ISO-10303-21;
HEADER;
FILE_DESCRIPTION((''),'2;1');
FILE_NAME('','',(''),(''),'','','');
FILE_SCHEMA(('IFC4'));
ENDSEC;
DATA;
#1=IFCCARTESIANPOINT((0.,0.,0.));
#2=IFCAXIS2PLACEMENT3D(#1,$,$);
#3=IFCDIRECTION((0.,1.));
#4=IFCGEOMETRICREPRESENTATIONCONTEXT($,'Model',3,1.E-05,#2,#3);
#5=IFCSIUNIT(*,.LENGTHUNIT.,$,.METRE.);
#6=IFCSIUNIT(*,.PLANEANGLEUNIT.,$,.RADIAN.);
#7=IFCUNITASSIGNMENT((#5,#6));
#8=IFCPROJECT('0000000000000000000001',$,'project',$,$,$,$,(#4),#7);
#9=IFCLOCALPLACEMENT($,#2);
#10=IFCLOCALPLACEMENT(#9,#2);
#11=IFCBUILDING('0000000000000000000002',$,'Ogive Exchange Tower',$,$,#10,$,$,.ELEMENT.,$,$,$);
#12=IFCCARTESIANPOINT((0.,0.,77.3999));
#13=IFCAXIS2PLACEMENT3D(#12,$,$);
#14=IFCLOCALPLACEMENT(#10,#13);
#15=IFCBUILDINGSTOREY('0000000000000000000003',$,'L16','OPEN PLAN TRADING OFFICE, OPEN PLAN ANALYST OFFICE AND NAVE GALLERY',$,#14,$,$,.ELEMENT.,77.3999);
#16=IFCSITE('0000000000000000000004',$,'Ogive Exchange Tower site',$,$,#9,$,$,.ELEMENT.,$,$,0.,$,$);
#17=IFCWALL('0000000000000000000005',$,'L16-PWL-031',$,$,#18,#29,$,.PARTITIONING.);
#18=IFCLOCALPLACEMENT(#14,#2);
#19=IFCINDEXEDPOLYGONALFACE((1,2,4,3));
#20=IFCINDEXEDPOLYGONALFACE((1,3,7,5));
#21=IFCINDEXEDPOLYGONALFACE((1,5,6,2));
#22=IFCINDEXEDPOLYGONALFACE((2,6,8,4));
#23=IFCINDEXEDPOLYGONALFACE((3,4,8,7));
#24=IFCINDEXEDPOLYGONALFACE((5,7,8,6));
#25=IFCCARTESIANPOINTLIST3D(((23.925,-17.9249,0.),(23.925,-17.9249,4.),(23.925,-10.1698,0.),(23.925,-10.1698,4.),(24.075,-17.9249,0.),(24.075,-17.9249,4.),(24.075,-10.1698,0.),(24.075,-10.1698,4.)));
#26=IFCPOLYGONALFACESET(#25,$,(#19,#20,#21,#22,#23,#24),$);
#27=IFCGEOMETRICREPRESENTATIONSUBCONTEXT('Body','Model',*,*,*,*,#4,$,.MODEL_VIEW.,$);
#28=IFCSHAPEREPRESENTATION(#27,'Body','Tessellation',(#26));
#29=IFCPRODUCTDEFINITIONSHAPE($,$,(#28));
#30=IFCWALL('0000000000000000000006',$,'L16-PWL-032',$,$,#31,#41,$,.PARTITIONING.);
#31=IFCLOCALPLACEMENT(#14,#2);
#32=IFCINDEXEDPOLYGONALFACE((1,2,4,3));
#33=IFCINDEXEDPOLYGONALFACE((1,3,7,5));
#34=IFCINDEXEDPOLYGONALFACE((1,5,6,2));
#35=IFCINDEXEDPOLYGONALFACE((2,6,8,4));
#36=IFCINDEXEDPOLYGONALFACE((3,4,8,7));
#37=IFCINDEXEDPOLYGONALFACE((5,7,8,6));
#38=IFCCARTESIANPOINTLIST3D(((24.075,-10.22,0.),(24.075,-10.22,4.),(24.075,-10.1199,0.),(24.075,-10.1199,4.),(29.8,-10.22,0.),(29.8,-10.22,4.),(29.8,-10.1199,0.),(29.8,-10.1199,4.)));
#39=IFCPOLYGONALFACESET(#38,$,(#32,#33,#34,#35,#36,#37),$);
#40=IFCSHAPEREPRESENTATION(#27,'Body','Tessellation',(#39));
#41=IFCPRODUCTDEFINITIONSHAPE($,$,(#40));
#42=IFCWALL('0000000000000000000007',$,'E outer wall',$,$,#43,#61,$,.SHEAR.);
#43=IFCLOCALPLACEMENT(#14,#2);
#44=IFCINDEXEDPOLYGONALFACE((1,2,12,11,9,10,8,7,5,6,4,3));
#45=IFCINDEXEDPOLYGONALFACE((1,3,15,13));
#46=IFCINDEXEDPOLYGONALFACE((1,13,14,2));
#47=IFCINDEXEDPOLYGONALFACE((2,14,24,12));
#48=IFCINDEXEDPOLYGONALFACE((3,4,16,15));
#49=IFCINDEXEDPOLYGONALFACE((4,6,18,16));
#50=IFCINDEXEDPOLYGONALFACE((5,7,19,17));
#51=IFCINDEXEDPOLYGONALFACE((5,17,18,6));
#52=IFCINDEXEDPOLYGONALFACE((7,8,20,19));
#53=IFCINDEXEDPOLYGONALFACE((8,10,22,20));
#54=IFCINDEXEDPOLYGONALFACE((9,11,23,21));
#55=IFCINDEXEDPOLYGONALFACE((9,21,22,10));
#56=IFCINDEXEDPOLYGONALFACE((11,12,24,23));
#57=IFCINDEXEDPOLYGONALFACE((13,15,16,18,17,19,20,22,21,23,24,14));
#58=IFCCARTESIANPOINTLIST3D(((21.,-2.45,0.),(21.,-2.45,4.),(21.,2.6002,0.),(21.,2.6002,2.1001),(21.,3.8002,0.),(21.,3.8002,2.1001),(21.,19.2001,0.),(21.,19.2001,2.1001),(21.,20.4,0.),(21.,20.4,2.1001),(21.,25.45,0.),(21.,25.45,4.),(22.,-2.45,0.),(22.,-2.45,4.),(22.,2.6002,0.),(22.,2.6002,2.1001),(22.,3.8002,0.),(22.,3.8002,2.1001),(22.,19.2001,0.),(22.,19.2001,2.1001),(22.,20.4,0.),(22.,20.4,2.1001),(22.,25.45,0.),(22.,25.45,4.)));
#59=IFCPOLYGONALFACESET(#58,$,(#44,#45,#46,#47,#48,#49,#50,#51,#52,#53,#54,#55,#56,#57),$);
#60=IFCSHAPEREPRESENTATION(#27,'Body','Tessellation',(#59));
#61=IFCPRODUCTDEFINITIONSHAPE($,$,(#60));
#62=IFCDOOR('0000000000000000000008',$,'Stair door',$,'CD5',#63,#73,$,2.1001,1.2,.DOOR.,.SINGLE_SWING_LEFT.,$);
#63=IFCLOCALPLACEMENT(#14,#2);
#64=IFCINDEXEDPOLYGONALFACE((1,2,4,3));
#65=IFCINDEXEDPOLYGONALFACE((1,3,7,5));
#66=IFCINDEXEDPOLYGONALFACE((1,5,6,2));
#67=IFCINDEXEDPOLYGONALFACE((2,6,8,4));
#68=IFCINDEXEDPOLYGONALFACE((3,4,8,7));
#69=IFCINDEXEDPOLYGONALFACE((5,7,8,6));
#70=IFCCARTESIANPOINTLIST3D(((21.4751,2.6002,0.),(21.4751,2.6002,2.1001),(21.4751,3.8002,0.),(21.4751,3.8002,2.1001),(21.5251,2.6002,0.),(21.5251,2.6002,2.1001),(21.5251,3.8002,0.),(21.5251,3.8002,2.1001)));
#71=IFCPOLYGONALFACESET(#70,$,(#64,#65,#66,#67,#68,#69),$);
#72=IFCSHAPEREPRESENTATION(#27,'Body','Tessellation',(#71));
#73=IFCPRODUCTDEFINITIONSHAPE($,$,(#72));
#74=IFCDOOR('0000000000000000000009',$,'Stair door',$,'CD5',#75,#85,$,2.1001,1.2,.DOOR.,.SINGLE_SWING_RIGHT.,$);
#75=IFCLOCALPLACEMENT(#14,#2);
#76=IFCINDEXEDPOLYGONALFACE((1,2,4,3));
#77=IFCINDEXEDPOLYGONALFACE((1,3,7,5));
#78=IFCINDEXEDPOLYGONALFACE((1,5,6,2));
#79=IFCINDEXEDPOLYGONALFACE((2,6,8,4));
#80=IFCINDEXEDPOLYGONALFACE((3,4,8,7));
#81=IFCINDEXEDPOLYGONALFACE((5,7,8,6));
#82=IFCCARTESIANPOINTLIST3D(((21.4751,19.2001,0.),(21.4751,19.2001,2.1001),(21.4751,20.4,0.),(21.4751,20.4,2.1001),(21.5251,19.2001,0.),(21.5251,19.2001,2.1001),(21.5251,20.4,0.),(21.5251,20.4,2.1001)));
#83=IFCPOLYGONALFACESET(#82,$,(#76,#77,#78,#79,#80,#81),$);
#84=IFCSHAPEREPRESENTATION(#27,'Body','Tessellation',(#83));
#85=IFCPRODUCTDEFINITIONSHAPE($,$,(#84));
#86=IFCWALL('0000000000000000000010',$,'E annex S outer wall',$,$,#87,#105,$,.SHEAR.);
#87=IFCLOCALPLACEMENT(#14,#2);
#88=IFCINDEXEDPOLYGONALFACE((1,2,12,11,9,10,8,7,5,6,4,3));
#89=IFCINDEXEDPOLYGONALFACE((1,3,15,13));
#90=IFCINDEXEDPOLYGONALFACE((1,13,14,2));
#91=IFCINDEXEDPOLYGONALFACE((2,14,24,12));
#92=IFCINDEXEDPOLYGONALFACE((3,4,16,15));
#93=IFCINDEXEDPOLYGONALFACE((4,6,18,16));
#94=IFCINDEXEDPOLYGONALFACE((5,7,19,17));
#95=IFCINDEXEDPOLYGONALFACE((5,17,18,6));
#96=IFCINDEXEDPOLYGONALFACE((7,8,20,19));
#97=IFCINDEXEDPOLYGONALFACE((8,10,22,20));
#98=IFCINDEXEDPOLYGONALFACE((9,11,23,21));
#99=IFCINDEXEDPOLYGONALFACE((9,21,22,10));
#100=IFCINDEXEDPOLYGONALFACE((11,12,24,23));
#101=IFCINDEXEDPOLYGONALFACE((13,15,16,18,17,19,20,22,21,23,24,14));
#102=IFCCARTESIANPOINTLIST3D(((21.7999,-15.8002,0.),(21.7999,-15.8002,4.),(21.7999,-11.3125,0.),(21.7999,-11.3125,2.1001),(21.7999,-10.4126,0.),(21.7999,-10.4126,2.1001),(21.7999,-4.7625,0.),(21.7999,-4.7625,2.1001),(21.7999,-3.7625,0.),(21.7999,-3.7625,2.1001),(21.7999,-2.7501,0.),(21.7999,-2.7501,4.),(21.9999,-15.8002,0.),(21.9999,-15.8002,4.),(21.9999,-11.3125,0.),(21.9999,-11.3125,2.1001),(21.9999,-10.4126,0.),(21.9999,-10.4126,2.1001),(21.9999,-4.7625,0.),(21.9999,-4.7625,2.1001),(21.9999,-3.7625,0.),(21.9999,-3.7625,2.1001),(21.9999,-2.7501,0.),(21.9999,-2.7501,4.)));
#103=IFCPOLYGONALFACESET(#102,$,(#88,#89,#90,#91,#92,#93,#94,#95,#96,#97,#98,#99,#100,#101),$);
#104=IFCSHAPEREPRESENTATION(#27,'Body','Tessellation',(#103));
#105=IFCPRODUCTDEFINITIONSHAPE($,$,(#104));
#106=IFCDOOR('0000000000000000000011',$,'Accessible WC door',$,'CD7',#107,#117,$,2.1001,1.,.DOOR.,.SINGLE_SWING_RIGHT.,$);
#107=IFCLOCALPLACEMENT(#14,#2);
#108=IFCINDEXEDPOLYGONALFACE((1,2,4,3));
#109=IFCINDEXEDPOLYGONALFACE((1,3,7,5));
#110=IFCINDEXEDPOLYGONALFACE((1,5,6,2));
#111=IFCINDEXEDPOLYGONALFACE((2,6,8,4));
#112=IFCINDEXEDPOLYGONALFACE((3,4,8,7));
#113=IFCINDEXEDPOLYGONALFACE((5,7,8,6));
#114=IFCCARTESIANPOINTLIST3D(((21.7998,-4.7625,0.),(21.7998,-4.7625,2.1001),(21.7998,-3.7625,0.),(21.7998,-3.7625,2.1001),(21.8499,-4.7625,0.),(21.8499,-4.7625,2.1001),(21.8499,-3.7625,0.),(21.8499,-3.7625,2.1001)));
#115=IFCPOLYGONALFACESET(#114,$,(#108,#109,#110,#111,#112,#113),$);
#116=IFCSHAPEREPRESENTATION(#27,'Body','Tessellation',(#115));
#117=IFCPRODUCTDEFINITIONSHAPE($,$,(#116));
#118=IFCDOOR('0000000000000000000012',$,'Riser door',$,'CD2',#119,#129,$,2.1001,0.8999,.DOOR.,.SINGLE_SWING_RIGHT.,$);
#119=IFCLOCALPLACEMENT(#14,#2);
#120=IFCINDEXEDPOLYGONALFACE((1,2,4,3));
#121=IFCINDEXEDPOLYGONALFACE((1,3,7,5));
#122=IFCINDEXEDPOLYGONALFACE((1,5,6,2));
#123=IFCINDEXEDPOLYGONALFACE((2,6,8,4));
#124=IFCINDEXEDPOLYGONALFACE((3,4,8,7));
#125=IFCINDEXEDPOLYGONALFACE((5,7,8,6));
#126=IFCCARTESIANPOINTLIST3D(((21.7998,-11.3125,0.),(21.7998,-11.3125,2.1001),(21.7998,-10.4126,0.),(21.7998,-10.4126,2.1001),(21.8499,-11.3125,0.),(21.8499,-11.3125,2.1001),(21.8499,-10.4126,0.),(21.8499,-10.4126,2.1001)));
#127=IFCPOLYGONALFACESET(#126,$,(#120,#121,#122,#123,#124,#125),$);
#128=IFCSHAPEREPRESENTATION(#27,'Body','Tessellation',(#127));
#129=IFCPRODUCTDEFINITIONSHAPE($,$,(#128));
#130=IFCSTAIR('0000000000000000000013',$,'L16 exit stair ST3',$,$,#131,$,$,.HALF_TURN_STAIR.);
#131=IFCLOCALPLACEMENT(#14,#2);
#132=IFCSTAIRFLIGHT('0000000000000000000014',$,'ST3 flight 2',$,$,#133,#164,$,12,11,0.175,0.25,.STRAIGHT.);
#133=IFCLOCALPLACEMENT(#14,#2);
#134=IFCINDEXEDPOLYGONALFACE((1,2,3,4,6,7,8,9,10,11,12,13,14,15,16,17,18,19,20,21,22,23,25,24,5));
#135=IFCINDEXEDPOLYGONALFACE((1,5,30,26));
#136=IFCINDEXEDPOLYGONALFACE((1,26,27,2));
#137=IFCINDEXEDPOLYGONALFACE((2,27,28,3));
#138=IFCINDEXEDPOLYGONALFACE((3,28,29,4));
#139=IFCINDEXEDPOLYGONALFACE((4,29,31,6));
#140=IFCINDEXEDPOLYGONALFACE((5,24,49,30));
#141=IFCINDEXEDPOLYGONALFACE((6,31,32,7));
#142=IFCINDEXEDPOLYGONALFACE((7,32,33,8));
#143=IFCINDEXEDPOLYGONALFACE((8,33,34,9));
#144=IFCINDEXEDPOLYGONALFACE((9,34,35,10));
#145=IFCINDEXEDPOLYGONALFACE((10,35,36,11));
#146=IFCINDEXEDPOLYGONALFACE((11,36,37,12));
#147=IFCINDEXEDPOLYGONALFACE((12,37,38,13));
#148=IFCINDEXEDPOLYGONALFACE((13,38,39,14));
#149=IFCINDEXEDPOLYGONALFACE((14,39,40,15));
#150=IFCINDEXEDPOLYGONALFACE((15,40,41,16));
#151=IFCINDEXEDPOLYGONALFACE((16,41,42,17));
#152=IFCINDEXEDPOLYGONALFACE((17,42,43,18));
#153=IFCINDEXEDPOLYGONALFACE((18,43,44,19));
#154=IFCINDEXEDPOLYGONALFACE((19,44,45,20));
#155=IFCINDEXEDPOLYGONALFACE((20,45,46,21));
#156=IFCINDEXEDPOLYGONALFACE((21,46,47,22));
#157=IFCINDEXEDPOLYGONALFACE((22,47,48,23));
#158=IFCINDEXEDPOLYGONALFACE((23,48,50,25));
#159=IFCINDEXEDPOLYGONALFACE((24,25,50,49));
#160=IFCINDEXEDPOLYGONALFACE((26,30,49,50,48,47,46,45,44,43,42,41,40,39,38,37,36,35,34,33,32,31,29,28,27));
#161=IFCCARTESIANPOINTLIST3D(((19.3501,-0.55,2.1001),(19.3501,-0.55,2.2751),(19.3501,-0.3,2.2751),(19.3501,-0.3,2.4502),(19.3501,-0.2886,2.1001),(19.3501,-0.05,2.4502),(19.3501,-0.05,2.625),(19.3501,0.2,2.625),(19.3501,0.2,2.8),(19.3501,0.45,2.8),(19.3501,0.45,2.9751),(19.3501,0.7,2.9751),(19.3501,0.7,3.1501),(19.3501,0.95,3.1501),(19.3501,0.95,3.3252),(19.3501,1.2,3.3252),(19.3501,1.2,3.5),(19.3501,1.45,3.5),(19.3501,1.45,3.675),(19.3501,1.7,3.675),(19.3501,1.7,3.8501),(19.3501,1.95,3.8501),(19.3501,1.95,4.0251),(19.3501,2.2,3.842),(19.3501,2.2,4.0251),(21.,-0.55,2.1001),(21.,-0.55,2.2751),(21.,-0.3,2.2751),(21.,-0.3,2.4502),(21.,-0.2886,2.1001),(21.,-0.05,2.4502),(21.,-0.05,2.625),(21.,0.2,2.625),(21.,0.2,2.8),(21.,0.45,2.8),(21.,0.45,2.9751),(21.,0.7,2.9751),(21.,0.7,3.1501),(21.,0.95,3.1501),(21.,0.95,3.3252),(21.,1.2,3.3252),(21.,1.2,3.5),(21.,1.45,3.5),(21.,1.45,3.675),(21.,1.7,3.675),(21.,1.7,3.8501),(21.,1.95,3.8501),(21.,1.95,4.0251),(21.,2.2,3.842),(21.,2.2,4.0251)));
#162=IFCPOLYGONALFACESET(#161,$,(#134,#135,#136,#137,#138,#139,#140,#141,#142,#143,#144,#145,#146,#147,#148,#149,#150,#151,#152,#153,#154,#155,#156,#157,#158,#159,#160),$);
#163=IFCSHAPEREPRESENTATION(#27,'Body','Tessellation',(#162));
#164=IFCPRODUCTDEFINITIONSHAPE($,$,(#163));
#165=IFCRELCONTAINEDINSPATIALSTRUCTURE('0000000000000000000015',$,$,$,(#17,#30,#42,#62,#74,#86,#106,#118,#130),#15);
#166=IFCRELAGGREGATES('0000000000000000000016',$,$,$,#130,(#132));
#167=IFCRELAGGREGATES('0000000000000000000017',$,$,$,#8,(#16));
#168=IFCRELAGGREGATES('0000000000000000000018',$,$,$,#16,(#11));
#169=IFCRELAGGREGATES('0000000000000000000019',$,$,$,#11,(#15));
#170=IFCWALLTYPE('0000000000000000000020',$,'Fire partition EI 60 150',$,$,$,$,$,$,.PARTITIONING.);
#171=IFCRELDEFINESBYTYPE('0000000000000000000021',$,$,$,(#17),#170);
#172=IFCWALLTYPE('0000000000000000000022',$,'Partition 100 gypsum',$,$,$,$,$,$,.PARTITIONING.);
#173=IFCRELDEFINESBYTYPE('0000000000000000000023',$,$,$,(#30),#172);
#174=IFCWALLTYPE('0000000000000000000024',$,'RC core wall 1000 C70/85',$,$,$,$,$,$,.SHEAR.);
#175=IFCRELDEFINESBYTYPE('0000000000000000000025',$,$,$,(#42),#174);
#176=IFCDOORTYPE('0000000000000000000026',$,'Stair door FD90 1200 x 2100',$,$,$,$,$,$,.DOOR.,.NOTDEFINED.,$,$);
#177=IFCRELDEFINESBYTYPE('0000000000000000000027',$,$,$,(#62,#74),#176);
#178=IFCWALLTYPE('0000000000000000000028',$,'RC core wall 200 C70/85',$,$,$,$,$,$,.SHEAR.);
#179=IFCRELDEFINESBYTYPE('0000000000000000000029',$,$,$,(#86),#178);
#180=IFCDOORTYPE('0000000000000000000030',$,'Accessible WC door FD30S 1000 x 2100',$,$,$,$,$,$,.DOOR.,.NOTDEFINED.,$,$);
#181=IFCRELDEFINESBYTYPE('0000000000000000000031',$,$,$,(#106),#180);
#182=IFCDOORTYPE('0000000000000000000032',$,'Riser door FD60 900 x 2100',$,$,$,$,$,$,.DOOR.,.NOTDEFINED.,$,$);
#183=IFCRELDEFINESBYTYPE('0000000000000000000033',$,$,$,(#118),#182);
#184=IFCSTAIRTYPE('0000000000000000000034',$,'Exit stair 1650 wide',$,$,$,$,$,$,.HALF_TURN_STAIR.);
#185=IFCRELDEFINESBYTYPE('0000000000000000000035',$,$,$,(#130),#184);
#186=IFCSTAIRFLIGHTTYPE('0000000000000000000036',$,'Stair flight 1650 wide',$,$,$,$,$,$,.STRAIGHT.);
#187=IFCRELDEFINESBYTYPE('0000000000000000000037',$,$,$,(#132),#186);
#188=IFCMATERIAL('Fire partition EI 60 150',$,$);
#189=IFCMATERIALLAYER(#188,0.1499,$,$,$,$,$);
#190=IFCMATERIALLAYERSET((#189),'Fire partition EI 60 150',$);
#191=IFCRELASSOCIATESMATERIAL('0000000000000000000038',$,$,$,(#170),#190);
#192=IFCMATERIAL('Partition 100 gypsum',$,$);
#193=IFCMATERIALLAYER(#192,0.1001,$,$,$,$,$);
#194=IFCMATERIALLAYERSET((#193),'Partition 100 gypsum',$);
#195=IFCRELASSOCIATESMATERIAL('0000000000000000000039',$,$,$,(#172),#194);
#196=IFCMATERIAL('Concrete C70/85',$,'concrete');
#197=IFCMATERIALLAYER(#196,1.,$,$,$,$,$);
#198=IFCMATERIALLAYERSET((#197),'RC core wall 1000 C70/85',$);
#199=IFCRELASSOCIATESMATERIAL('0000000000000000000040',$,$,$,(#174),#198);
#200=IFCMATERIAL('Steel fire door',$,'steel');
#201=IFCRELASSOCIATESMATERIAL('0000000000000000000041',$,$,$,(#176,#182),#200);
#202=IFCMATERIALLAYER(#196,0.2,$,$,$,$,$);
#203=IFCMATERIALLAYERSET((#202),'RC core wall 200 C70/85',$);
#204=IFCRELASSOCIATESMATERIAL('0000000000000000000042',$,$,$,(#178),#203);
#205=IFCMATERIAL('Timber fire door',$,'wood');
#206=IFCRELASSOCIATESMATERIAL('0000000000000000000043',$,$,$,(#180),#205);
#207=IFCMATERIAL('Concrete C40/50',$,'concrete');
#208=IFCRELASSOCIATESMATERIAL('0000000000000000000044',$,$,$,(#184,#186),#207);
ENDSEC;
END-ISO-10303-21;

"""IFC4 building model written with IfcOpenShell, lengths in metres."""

from ifc_helpers import new_model, si_unit, direction, frame, frame_2d, origin, place, context, subcontext, project, spatial, polyline, rectangle, outline, extrude, material, layer, layer_set, type_object, element, fill, aggregate, save


model = new_model("IFC4")

# Units and contexts
model_context = context("Model", 3, precision=1e-05, world=origin(), true_north=direction((0.0, 1.0)))
body_context = subcontext(model_context, "Body", "Model", "MODEL_VIEW")
ifc_project = project(units=[si_unit("LENGTHUNIT", "METRE"), si_unit("PLANEANGLEUNIT", "RADIAN")], contexts=[model_context])

# Site, building, storey
site_placement = place(None, origin())
site = spatial("IfcSite", under=ifc_project, at=site_placement, Name="Ogive Exchange Tower site", CompositionType="ELEMENT", RefElevation=0.0)
building_placement = place(site_placement, origin())
building = spatial("IfcBuilding", under=site, at=building_placement, Name="Ogive Exchange Tower", CompositionType="ELEMENT")
storey_placement = place(building_placement, frame((0.0, 0.0, 77.3999)))
storey = spatial("IfcBuildingStorey", under=building, at=storey_placement, Name="L16", Description="OPEN PLAN TRADING OFFICE, OPEN PLAN ANALYST OFFICE AND NAVE GALLERY", CompositionType="ELEMENT", Elevation=77.3999)

# Shared definitions
ifc_material_1 = material(Name="Fire partition EI 60 150")
ifc_layer_1 = layer(ifc_material_1, 0.1499)
ifc_layer_set_1 = layer_set([ifc_layer_1], Name="Fire partition EI 60 150")
wall_type_1 = type_object("IfcWallType", Name="Fire partition EI 60 150", PredefinedType="PARTITIONING", material=ifc_layer_set_1)

# Walls
wall_1_placement = place(storey_placement, frame((24.0, -10.1699, 0.0), z_axis=(0.0, 0.0, 1.0), x_axis=(0.0, -1.0, 0.0)))
element("IfcWall", 1, at=wall_1_placement, inside=storey, type_object=wall_type_1, Name="L16-PWL-031", PredefinedType="PARTITIONING", context=body_context, shape_type="SweptSolid", body=[
    extrude(rectangle(XDim=7.7551, YDim=0.1499, at=frame_2d((3.8774, 0.0))), origin(), (0.0, 0.0, 1.0), 4.0),
])
ifc_material_2 = material(Name="Partition 100 gypsum")
ifc_layer_2 = layer(ifc_material_2, 0.1001)
ifc_layer_set_2 = layer_set([ifc_layer_2], Name="Partition 100 gypsum")
wall_type_2 = type_object("IfcWallType", Name="Partition 100 gypsum", PredefinedType="PARTITIONING", material=ifc_layer_set_2)
wall_2_placement = place(storey_placement, frame((24.075, -10.1699, 0.0), z_axis=(0.0, 0.0, 1.0), x_axis=(1.0, 0.0, 0.0)))
element("IfcWall", 2, at=wall_2_placement, inside=storey, type_object=wall_type_2, Name="L16-PWL-032", PredefinedType="PARTITIONING", context=body_context, shape_type="SweptSolid", body=[
    extrude(rectangle(XDim=5.7251, YDim=0.1001, at=frame_2d((2.8625, 0.0))), origin(), (0.0, 0.0, 1.0), 4.0),
])

# Walls, openings, doors
ifc_material_3 = material(Name="Concrete C70/85", Category="concrete")
ifc_layer_3 = layer(ifc_material_3, 1.0)
ifc_layer_set_3 = layer_set([ifc_layer_3], Name="RC core wall 1000 C70/85")
wall_type_3 = type_object("IfcWallType", Name="RC core wall 1000 C70/85", PredefinedType="SHEAR", material=ifc_layer_set_3)
wall_3_placement = place(storey_placement, frame((21.5, -2.45, 0.0), z_axis=(0.0, 0.0, 1.0), x_axis=(0.0, 1.0, 0.0)))
wall_3 = element("IfcWall", 3, at=wall_3_placement, inside=storey, type_object=wall_type_3, Name="E outer wall", PredefinedType="SHEAR", context=body_context, shape_type="SweptSolid", body=[
    extrude(rectangle(XDim=27.8999, YDim=1.0, at=frame_2d((13.95, 0.0))), origin(), (0.0, 0.0, 1.0), 4.0),
])
opening_1_placement = place(wall_3_placement, frame((5.05, 0.0, 0.0)))
opening_1 = element("IfcOpeningElement", 4, at=opening_1_placement, cuts=wall_3, PredefinedType="OPENING", context=body_context, shape_type="SweptSolid", body=[
    extrude(rectangle(XDim=1.2, YDim=2.1001, at=frame_2d((0.6001, 1.05))), frame((0.0, 0.51, 0.0), z_axis=(0.0, -1.0, 0.0), x_axis=(1.0, 0.0, 0.0)), (0.0, 0.0, 1.0), 1.02),
])
opening_2_placement = place(wall_3_placement, frame((21.6499, 0.0, 0.0)))
opening_2 = element("IfcOpeningElement", 5, at=opening_2_placement, cuts=wall_3, PredefinedType="OPENING", context=body_context, shape_type="SweptSolid", body=[
    extrude(rectangle(XDim=1.2, YDim=2.1001, at=frame_2d((0.6001, 1.05))), frame((0.0, 0.51, 0.0), z_axis=(0.0, -1.0, 0.0), x_axis=(1.0, 0.0, 0.0)), (0.0, 0.0, 1.0), 1.02),
])
ifc_material_4 = material(Name="Steel fire door", Category="steel")
door_type_1 = type_object("IfcDoorType", Name="Stair door FD90 1200 x 2100", OperationType="NOTDEFINED", PredefinedType="DOOR", material=ifc_material_4)
door_1_placement = place(opening_1_placement, origin())
door_1 = element("IfcDoor", 6, at=door_1_placement, inside=storey, type_object=door_type_1, Name="Stair door", ObjectType="CD5", OperationType="SINGLE_SWING_LEFT", OverallHeight=2.1001, OverallWidth=1.2, PredefinedType="DOOR", context=body_context, shape_type="SweptSolid", body=[
    extrude(rectangle(XDim=1.2, YDim=2.1001, at=frame_2d((0.6001, 1.05))), frame((0.0, 0.0249, 0.0), z_axis=(0.0, -1.0, 0.0), x_axis=(1.0, 0.0, 0.0)), (0.0, 0.0, 1.0), 0.05),
])
fill(opening_1, door_1)
door_2_placement = place(opening_2_placement, origin())
door_2 = element("IfcDoor", 7, at=door_2_placement, inside=storey, type_object=door_type_1, Name="Stair door", ObjectType="CD5", OperationType="SINGLE_SWING_RIGHT", OverallHeight=2.1001, OverallWidth=1.2, PredefinedType="DOOR", context=body_context, shape_type="SweptSolid", body=[
    extrude(rectangle(XDim=1.2, YDim=2.1001, at=frame_2d((0.6001, 1.05))), frame((0.0, 0.0249, 0.0), z_axis=(0.0, -1.0, 0.0), x_axis=(1.0, 0.0, 0.0)), (0.0, 0.0, 1.0), 0.05),
])
fill(opening_2, door_2)
ifc_layer_4 = layer(ifc_material_3, 0.2)
ifc_layer_set_4 = layer_set([ifc_layer_4], Name="RC core wall 200 C70/85")
wall_type_4 = type_object("IfcWallType", Name="RC core wall 200 C70/85", PredefinedType="SHEAR", material=ifc_layer_set_4)
wall_4_placement = place(storey_placement, frame((21.8999, -15.8, 0.0), z_axis=(0.0, 0.0, 1.0), x_axis=(0.0, 1.0, 0.0)))
wall_4 = element("IfcWall", 8, at=wall_4_placement, inside=storey, type_object=wall_type_4, Name="E annex S outer wall", PredefinedType="SHEAR", context=body_context, shape_type="SweptSolid", body=[
    extrude(rectangle(XDim=13.05, YDim=0.2, at=frame_2d((6.5249, 0.0))), origin(), (0.0, 0.0, 1.0), 4.0),
])
opening_3_placement = place(wall_4_placement, frame((4.4875, 0.0, 0.0)))
opening_3 = element("IfcOpeningElement", 9, at=opening_3_placement, cuts=wall_4, PredefinedType="OPENING", context=body_context, shape_type="SweptSolid", body=[
    extrude(rectangle(XDim=0.8999, YDim=2.1001, at=frame_2d((0.45, 1.05))), frame((0.0, 0.1099, 0.0), z_axis=(0.0, -1.0, 0.0), x_axis=(1.0, 0.0, 0.0)), (0.0, 0.0, 1.0), 0.22),
])
opening_4_placement = place(wall_4_placement, frame((11.0376, 0.0, 0.0)))
opening_4 = element("IfcOpeningElement", 10, at=opening_4_placement, cuts=wall_4, PredefinedType="OPENING", context=body_context, shape_type="SweptSolid", body=[
    extrude(rectangle(XDim=1.0, YDim=2.1001, at=frame_2d((0.5, 1.05))), frame((0.0, 0.1099, 0.0), z_axis=(0.0, -1.0, 0.0), x_axis=(1.0, 0.0, 0.0)), (0.0, 0.0, 1.0), 0.22),
])
ifc_material_5 = material(Name="Timber fire door", Category="wood")
door_type_2 = type_object("IfcDoorType", Name="Accessible WC door FD30S 1000 x 2100", OperationType="NOTDEFINED", PredefinedType="DOOR", material=ifc_material_5)
door_3_placement = place(opening_4_placement, origin())
door_3 = element("IfcDoor", 11, at=door_3_placement, inside=storey, type_object=door_type_2, Name="Accessible WC door", ObjectType="CD7", OperationType="SINGLE_SWING_RIGHT", OverallHeight=2.1001, OverallWidth=1.0, PredefinedType="DOOR", context=body_context, shape_type="SweptSolid", body=[
    extrude(rectangle(XDim=1.0, YDim=2.1001, at=frame_2d((0.5, 1.05))), frame((0.0, 0.1001, 0.0), z_axis=(0.0, -1.0, 0.0), x_axis=(1.0, 0.0, 0.0)), (0.0, 0.0, 1.0), 0.05),
])
fill(opening_4, door_3)
door_type_3 = type_object("IfcDoorType", Name="Riser door FD60 900 x 2100", OperationType="NOTDEFINED", PredefinedType="DOOR", material=ifc_material_4)
door_4_placement = place(opening_3_placement, origin())
door_4 = element("IfcDoor", 12, at=door_4_placement, inside=storey, type_object=door_type_3, Name="Riser door", ObjectType="CD2", OperationType="SINGLE_SWING_RIGHT", OverallHeight=2.1001, OverallWidth=0.8999, PredefinedType="DOOR", context=body_context, shape_type="SweptSolid", body=[
    extrude(rectangle(XDim=0.8999, YDim=2.1001, at=frame_2d((0.45, 1.05))), frame((0.0, 0.1001, 0.0), z_axis=(0.0, -1.0, 0.0), x_axis=(1.0, 0.0, 0.0)), (0.0, 0.0, 1.0), 0.05),
])
fill(opening_3, door_4)

# Stair, stair flight
ifc_material_6 = material(Name="Concrete C40/50", Category="concrete")
stair_type = type_object("IfcStairType", Name="Exit stair 1650 wide", PredefinedType="HALF_TURN_STAIR", material=ifc_material_6)
stair_placement = place(storey_placement, origin())
stair = element("IfcStair", 13, at=stair_placement, inside=storey, type_object=stair_type, Name="L16 exit stair ST3", PredefinedType="HALF_TURN_STAIR")
stair_flight_type = type_object("IfcStairFlightType", Name="Stair flight 1650 wide", PredefinedType="STRAIGHT", material=ifc_material_6)
stair_flight_placement = place(storey_placement, frame((20.175, -0.55, 2.1001), z_axis=(0.0, 0.0, 1.0), x_axis=(0.0, 1.0, 0.0)))
stair_flight = element("IfcStairFlight", 14, at=stair_flight_placement, type_object=stair_flight_type, Name="ST3 flight 2", NumberOfRisers=12, NumberOfTreads=11, PredefinedType="STRAIGHT", RiserHeight=0.175, TreadLength=0.25, context=body_context, shape_type="SweptSolid", body=[
    extrude(outline(polyline([(0.0, 0.0), (0.0, 0.175), (0.25, 0.175), (0.25, 0.3501), (0.5, 0.3501), (0.5, 0.5249), (0.75, 0.5249), (0.75, 0.7), (1.0, 0.7), (1.0, 0.875), (1.25, 0.875), (1.25, 1.05), (1.5, 1.05), (1.5, 1.2251), (1.75, 1.2251), (1.75, 1.3999), (2.0, 1.3999), (2.0, 1.575), (2.25, 1.575), (2.25, 1.75), (2.5, 1.75), (2.5, 1.925), (2.75, 1.925), (2.75, 2.1001), (2.75, 1.7419), (0.2615, 0.0), (0.0, 0.0)])), frame((0.0, 0.825, 0.0), z_axis=(0.0, -1.0, 0.0), x_axis=(1.0, 0.0, 0.0)), (0.0, 0.0, 1.0), 1.6499),
])
aggregate(stair, [stair_flight])

save(model, "model.ifc")
